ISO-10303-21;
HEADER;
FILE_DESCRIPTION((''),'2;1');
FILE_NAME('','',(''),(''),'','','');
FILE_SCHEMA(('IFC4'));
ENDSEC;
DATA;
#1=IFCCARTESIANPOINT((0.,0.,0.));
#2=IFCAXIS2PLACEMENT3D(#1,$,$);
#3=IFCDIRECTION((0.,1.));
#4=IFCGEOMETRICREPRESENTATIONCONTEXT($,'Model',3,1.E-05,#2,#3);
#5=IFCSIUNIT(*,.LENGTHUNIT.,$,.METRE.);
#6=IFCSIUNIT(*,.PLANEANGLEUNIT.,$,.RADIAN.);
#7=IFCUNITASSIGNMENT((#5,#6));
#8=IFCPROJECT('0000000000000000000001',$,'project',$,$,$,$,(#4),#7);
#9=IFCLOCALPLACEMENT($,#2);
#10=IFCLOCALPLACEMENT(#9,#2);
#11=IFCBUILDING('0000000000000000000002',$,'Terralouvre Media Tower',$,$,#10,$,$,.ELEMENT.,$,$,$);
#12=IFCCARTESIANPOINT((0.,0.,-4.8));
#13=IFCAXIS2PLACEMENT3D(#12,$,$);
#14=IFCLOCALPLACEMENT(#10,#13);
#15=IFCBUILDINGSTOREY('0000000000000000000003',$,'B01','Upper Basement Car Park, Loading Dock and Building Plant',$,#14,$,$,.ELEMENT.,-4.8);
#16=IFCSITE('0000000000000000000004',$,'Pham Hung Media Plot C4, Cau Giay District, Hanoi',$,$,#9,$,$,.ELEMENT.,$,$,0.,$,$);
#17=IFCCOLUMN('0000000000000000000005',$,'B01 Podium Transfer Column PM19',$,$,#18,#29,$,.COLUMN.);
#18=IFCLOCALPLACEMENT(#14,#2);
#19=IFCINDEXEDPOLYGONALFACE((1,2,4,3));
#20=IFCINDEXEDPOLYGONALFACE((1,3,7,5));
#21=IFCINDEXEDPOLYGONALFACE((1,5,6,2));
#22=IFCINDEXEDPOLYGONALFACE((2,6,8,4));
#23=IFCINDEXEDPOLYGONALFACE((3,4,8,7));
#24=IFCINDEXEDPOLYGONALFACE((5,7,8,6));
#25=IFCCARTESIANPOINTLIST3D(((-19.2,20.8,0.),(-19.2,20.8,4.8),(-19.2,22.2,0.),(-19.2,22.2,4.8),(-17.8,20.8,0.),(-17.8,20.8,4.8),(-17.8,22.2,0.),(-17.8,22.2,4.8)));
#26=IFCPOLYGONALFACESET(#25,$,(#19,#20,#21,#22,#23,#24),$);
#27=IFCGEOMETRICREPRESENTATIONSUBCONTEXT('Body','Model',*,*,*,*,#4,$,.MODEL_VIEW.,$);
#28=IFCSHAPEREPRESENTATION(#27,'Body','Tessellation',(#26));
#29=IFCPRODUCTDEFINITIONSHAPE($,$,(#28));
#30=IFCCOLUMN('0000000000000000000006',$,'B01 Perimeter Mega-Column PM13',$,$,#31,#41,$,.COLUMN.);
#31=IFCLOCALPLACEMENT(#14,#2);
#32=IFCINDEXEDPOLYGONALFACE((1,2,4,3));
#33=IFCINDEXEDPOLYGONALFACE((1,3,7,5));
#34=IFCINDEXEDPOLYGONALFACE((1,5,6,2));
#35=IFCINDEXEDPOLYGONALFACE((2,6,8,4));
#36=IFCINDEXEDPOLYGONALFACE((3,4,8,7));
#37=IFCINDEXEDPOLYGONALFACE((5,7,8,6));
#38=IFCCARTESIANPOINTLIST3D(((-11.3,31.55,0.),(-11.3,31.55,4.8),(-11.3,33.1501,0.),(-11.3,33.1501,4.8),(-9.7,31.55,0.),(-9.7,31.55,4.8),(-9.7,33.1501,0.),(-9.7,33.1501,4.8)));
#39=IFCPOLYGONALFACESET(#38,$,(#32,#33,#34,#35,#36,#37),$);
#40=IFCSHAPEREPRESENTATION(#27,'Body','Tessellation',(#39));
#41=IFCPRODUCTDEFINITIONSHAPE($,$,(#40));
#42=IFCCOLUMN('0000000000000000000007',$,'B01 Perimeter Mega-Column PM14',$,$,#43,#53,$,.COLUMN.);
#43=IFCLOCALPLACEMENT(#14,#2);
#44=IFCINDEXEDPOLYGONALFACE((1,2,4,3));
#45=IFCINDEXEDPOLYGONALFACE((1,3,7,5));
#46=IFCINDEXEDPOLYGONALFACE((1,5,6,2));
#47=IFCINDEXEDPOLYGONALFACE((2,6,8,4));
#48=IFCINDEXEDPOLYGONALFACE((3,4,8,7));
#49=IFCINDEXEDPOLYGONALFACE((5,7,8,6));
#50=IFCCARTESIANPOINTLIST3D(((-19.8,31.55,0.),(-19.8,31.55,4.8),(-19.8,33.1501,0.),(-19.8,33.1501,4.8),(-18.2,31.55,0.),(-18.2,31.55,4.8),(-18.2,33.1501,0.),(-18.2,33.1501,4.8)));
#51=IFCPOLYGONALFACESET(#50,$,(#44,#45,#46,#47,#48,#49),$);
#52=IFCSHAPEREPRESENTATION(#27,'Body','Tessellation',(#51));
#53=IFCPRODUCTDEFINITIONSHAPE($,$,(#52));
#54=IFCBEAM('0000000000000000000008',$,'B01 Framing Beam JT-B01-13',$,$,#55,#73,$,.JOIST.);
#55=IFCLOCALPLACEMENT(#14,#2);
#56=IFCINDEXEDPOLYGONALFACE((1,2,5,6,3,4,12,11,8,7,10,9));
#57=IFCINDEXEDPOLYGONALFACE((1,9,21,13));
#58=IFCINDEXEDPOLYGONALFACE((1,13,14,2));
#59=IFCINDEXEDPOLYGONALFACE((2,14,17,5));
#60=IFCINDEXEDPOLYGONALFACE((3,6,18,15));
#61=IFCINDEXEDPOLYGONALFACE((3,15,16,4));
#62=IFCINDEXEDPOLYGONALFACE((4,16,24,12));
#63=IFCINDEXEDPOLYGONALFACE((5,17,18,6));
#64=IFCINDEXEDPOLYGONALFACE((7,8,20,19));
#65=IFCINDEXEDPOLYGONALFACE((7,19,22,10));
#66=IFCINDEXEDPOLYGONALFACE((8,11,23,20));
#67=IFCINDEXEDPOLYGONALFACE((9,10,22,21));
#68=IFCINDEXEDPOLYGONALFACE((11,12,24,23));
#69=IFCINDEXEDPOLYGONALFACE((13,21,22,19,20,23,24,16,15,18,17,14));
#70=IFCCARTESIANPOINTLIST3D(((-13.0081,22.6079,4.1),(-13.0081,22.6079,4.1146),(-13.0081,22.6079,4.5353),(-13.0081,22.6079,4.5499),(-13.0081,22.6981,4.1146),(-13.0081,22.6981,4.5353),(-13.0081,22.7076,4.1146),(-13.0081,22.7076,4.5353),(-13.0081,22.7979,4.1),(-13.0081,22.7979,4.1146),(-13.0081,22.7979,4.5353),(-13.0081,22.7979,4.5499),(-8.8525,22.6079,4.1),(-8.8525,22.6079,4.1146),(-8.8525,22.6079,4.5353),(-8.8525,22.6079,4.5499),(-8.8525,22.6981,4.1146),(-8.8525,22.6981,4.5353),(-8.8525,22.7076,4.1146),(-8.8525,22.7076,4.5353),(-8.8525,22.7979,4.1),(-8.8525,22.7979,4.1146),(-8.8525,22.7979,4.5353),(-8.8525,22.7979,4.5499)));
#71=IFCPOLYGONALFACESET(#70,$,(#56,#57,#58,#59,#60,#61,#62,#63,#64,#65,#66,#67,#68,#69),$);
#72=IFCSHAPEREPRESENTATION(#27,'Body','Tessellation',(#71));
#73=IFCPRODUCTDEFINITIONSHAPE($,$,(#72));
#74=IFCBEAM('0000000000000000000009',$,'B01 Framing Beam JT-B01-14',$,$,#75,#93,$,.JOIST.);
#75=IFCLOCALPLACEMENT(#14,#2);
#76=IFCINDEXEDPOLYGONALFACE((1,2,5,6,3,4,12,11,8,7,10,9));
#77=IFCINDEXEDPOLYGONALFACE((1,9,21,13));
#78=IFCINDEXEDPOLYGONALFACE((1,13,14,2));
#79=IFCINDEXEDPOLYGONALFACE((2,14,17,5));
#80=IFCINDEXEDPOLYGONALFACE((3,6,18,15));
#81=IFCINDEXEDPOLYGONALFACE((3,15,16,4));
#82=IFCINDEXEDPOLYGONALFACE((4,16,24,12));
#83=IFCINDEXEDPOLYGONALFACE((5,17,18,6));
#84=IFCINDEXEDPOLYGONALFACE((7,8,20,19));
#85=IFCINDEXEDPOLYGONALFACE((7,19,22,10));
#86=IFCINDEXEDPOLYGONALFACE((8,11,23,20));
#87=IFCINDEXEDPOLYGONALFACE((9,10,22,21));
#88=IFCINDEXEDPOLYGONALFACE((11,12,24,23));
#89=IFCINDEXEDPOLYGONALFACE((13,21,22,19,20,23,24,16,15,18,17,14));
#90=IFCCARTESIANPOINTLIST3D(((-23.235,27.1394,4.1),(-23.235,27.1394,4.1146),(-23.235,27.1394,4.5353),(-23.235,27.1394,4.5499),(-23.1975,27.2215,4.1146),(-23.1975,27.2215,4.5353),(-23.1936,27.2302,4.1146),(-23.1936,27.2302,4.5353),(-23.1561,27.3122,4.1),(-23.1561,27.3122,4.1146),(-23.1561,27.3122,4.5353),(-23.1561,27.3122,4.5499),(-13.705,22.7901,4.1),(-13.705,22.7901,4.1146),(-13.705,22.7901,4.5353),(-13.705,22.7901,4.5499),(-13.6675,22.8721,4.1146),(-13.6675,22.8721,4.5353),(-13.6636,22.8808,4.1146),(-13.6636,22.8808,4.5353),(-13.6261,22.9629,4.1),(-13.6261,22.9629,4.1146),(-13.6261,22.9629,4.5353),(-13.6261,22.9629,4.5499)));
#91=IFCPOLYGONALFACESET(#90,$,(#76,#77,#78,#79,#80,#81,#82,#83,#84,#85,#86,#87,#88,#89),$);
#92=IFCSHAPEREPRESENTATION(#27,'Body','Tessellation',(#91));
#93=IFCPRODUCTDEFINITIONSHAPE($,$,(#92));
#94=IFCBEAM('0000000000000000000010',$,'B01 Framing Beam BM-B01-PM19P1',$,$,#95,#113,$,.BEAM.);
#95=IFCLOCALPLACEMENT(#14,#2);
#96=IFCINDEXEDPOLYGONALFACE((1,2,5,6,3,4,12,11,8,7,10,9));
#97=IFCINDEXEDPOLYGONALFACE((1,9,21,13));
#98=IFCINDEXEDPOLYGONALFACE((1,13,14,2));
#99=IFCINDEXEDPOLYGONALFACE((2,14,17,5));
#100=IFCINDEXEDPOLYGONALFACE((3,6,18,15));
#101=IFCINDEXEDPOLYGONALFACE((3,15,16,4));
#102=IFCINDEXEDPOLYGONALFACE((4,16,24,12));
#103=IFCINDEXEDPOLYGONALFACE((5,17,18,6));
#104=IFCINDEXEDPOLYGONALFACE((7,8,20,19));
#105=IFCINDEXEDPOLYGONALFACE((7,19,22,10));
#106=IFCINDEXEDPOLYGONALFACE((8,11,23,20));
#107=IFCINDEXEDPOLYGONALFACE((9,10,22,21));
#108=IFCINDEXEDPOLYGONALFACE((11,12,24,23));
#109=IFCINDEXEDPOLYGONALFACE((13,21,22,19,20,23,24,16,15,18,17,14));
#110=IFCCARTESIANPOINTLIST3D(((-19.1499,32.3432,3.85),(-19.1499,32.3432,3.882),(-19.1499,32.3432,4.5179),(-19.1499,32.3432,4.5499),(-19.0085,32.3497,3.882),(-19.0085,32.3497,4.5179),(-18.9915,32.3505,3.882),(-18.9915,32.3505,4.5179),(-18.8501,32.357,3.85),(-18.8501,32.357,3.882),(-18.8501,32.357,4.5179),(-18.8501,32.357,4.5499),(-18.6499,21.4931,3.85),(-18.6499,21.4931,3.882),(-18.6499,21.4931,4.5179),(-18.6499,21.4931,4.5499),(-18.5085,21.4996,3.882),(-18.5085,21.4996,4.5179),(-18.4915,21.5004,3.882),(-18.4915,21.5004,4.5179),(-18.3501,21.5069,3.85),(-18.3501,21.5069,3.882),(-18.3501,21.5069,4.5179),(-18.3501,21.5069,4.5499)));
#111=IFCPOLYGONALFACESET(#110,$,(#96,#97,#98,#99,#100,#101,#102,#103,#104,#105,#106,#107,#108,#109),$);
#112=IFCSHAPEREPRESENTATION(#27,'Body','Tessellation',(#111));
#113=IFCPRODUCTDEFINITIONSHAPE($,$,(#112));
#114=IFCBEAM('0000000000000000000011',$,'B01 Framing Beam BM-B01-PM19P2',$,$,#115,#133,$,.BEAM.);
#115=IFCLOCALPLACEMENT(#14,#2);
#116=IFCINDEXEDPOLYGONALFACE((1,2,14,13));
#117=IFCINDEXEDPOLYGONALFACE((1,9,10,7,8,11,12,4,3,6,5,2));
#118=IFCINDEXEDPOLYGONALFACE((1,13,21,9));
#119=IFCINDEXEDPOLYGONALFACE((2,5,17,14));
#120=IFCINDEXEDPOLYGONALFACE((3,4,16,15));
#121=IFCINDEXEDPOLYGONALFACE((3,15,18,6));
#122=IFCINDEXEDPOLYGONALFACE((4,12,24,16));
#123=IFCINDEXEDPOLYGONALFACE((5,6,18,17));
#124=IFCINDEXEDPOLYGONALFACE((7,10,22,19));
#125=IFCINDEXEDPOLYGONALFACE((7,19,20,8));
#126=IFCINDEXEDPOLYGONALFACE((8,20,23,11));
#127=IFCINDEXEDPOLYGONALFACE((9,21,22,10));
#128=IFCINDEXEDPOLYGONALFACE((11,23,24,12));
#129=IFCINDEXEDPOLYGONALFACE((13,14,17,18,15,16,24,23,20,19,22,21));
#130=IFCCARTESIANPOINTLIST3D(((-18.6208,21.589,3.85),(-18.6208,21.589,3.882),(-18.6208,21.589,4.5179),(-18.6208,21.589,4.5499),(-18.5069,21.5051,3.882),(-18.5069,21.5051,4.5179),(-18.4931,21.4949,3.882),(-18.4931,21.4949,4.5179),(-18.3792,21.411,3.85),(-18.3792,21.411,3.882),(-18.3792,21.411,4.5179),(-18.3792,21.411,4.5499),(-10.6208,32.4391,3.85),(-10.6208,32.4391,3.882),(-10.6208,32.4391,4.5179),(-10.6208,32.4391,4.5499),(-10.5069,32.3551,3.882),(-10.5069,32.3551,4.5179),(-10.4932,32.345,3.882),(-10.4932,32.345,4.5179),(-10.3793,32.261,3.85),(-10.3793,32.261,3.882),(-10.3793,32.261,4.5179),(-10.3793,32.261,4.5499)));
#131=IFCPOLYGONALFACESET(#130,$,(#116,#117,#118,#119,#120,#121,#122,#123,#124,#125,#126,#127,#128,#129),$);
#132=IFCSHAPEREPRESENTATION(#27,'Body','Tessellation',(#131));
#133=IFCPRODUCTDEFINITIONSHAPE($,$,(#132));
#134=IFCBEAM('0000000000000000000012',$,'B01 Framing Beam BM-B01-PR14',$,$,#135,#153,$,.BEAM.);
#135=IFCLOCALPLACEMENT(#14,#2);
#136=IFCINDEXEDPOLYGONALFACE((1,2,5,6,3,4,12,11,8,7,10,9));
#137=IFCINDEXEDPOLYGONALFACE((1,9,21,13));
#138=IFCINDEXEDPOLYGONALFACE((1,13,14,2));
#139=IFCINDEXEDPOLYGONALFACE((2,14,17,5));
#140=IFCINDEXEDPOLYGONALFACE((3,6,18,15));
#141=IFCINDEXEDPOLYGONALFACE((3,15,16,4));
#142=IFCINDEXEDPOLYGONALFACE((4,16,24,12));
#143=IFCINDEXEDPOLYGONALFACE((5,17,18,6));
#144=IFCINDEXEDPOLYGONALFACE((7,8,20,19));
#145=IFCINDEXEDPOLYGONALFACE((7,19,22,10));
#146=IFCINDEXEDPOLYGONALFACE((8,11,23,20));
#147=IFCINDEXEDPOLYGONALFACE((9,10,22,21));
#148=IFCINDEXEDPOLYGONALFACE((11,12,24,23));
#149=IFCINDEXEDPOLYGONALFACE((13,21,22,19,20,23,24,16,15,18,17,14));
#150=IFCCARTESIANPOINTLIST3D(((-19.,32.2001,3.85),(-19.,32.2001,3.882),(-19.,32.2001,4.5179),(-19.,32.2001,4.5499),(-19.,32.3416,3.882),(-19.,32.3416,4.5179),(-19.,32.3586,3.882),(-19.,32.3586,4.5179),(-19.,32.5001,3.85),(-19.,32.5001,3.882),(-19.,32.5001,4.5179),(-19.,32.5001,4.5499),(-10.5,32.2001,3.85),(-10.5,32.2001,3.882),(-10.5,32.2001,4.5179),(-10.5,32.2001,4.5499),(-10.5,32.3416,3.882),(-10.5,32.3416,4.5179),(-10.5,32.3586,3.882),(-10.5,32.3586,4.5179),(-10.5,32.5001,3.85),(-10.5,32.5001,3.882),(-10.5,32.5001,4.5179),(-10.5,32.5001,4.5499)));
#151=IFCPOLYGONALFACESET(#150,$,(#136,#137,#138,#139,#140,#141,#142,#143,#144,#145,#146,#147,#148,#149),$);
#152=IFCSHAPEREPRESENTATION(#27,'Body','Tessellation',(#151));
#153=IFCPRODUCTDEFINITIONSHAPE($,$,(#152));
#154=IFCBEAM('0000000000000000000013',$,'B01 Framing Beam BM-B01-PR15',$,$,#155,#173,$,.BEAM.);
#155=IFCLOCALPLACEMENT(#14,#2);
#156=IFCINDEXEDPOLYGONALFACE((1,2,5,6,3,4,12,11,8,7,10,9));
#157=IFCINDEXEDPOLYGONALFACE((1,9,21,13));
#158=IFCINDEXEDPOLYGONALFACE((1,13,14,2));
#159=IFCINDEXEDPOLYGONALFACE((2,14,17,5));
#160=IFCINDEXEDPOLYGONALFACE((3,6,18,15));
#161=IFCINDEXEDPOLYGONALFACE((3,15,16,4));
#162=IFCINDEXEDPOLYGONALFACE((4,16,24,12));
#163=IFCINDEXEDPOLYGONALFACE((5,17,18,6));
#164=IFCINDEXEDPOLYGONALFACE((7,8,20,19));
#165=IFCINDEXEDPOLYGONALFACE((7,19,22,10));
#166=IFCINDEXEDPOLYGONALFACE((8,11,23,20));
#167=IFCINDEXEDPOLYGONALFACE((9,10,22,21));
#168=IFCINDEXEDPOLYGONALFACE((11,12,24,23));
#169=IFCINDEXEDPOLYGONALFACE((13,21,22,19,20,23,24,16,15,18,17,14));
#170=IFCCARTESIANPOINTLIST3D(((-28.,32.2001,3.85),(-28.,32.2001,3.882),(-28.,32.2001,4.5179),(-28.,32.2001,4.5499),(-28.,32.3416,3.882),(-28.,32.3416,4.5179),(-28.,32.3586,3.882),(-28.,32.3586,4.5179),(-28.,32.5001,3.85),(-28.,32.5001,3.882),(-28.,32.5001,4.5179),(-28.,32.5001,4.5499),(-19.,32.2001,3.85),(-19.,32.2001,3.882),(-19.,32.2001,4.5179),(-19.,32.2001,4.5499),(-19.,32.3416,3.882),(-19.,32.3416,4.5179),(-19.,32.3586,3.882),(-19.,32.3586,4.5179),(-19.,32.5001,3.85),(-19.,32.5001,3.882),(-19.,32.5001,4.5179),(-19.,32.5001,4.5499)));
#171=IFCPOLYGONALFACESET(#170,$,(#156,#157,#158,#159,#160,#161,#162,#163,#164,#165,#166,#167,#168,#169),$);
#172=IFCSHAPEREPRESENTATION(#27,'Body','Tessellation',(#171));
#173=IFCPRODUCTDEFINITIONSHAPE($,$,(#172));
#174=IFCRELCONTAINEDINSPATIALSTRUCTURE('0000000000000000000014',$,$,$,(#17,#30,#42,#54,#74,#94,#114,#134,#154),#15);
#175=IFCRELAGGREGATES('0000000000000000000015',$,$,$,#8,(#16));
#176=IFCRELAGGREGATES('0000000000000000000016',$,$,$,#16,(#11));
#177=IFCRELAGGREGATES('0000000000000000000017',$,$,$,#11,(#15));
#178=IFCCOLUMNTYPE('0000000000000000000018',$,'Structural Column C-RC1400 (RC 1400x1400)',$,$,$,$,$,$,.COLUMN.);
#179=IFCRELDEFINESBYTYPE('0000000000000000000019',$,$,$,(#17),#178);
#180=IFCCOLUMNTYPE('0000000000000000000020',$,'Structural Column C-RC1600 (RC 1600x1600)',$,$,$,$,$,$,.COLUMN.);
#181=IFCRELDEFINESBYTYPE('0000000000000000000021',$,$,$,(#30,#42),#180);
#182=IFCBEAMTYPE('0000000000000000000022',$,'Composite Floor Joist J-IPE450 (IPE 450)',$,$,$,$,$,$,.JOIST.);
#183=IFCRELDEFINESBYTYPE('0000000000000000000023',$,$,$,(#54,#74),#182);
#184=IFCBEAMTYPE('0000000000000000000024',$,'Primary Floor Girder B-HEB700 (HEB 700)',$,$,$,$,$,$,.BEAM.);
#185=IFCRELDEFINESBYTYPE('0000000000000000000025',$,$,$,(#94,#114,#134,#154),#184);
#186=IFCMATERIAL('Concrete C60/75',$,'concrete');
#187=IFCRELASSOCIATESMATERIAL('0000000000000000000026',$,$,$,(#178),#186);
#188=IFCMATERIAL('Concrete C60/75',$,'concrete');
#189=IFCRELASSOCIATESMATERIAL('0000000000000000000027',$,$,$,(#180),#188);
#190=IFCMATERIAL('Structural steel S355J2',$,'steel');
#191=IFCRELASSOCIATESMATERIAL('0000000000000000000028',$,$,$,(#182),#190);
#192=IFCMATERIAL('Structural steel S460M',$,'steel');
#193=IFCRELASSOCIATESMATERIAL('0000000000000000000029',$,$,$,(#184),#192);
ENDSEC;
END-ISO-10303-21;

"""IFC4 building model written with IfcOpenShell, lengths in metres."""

from ifc_helpers import new_model, si_unit, direction, frame, origin, origin_2d, place, context, subcontext, project, spatial, rectangle, i_section, extrude, material, material_profile, profile_set, type_object, element, save


model = new_model("IFC4")

# Units and contexts
model_context = context("Model", 3, precision=1e-05, world=origin(), true_north=direction((0.0, 1.0)))
body_context = subcontext(model_context, "Body", "Model", "MODEL_VIEW")
ifc_project = project(units=[si_unit("LENGTHUNIT", "METRE"), si_unit("PLANEANGLEUNIT", "RADIAN")], contexts=[model_context])

# Site, building, storey
site_placement = place(None, origin())
site = spatial("IfcSite", under=ifc_project, at=site_placement, Name="Pham Hung Media Plot C4, Cau Giay District, Hanoi", CompositionType="ELEMENT", RefElevation=0.0)
building_placement = place(site_placement, origin())
building = spatial("IfcBuilding", under=site, at=building_placement, Name="Terralouvre Media Tower", CompositionType="ELEMENT")
storey_placement = place(building_placement, frame((0.0, 0.0, -4.8)))
storey = spatial("IfcBuildingStorey", under=building, at=storey_placement, Name="B01", Description="Upper Basement Car Park, Loading Dock and Building Plant", CompositionType="ELEMENT", Elevation=-4.8)

# Columns
ifc_material_1 = material(Name="Concrete C60/75", Category="concrete")
ifc_material_profile_1 = material_profile(ifc_material_1, rectangle(XDim=1.3999, YDim=1.3999, at=origin_2d()), Name="RC 1400x1400")
ifc_profile_set_1 = profile_set([ifc_material_profile_1], Name="Concrete C60/75")
column_type_1 = type_object("IfcColumnType", Name="Structural Column C-RC1400 (RC 1400x1400)", PredefinedType="COLUMN", material=ifc_profile_set_1)
column_placement = place(storey_placement, frame((-18.5, 21.5, 0.0), z_axis=(0.0, 0.0, 1.0), x_axis=(1.0, 0.0, 0.0)))
element("IfcColumn", 1, at=column_placement, inside=storey, type_object=column_type_1, Name="B01 Podium Transfer Column PM19", PredefinedType="COLUMN", context=body_context, shape_type="SweptSolid", body=[
    extrude(rectangle(XDim=1.3999, YDim=1.3999, at=origin_2d()), origin(), (0.0, 0.0, 1.0), 4.8),
])
ifc_material_2 = material(Name="Concrete C60/75", Category="concrete")
ifc_material_profile_2 = material_profile(ifc_material_2, rectangle(XDim=1.6001, YDim=1.6001, at=origin_2d()), Name="RC 1600x1600")
ifc_profile_set_2 = profile_set([ifc_material_profile_2], Name="Concrete C60/75")
column_type_2 = type_object("IfcColumnType", Name="Structural Column C-RC1600 (RC 1600x1600)", PredefinedType="COLUMN", material=ifc_profile_set_2)
for number, where, z_axis, x_axis, name in (
    (2, (-10.5, 32.3501, 0.0), (0.0, 0.0, 1.0), (1.0, 0.0, 0.0), "B01 Perimeter Mega-Column PM13"),
    (3, (-19.0, 32.3501, 0.0), (0.0, 0.0, 1.0), (1.0, 0.0, 0.0), "B01 Perimeter Mega-Column PM14"),
):
    element("IfcColumn", number, at=place(storey_placement, frame(where, z_axis=z_axis, x_axis=x_axis)), inside=storey, type_object=column_type_2, Name=name, PredefinedType="COLUMN", context=body_context, shape_type="SweptSolid", body=[
        extrude(rectangle(XDim=1.6001, YDim=1.6001, at=origin_2d()), origin(), (0.0, 0.0, 1.0), 4.8),
    ])

# Beams
ifc_material_3 = material(Name="Structural steel S355J2", Category="steel")
ifc_material_profile_3 = material_profile(ifc_material_3, i_section(OverallWidth=0.1899, OverallDepth=0.45, WebThickness=0.0095, FlangeThickness=0.0146, at=origin_2d()), Name="IPE 450")
ifc_profile_set_3 = profile_set([ifc_material_profile_3], Name="Structural steel S355J2")
beam_type_1 = type_object("IfcBeamType", Name="Composite Floor Joist J-IPE450 (IPE 450)", PredefinedType="JOIST", material=ifc_profile_set_3)
beam_1_placement = place(storey_placement, frame((-8.8525, 22.7029, 4.325), z_axis=(-1.0, 0.0, 0.0), x_axis=(0.0, -1.0, 0.0)))
element("IfcBeam", 4, at=beam_1_placement, inside=storey, type_object=beam_type_1, Name="B01 Framing Beam JT-B01-13", PredefinedType="JOIST", context=body_context, shape_type="SweptSolid", body=[
    extrude(i_section(OverallWidth=0.1899, OverallDepth=0.45, WebThickness=0.0095, FlangeThickness=0.0146, at=origin_2d()), origin(), (0.0, 0.0, 1.0), 4.1555),
])
beam_2_placement = place(storey_placement, frame((-13.6655, 22.8765, 4.325), z_axis=(-0.909735, 0.41519, 0.0), x_axis=(-0.41519, -0.909735, 0.0)))
element("IfcBeam", 5, at=beam_2_placement, inside=storey, type_object=beam_type_1, Name="B01 Framing Beam JT-B01-14", PredefinedType="JOIST", context=body_context, shape_type="SweptSolid", body=[
    extrude(i_section(OverallWidth=0.1899, OverallDepth=0.45, WebThickness=0.0095, FlangeThickness=0.0146, at=origin_2d()), origin(), (0.0, 0.0, 1.0), 10.4756),
])
ifc_material_4 = material(Name="Structural steel S460M", Category="steel")
ifc_material_profile_4 = material_profile(ifc_material_4, i_section(OverallWidth=0.3, OverallDepth=0.7, WebThickness=0.0171, FlangeThickness=0.032, at=origin_2d()), Name="HEB 700")
ifc_profile_set_4 = profile_set([ifc_material_profile_4], Name="Structural steel S460M")
beam_type_2 = type_object("IfcBeamType", Name="Primary Floor Girder B-HEB700 (HEB 700)", PredefinedType="BEAM", material=ifc_profile_set_4)
beam_3_placement = place(storey_placement, frame((-18.5, 21.5, 4.2), z_axis=(-0.046034, 0.99894, 0.0), x_axis=(-0.99894, -0.046034, 0.0)))
element("IfcBeam", 6, at=beam_3_placement, inside=storey, type_object=beam_type_2, Name="B01 Framing Beam BM-B01-PM19P1", PredefinedType="BEAM", context=body_context, shape_type="SweptSolid", body=[
    extrude(i_section(OverallWidth=0.3, OverallDepth=0.7, WebThickness=0.0171, FlangeThickness=0.032, at=origin_2d()), origin(), (0.0, 0.0, 1.0), 10.8616),
])
beam_4_placement = place(storey_placement, frame((-18.5, 21.5, 4.2), z_axis=(0.593449, 0.804872, 0.0), x_axis=(-0.804872, 0.593449, 0.0)))
element("IfcBeam", 7, at=beam_4_placement, inside=storey, type_object=beam_type_2, Name="B01 Framing Beam BM-B01-PM19P2", PredefinedType="BEAM", context=body_context, shape_type="SweptSolid", body=[
    extrude(i_section(OverallWidth=0.3, OverallDepth=0.7, WebThickness=0.0171, FlangeThickness=0.032, at=origin_2d()), origin(), (0.0, 0.0, 1.0), 13.4805),
])
beam_5_placement = place(storey_placement, frame((-10.5, 32.3501, 4.2), z_axis=(-1.0, 0.0, 0.0), x_axis=(0.0, -1.0, 0.0)))
element("IfcBeam", 8, at=beam_5_placement, inside=storey, type_object=beam_type_2, Name="B01 Framing Beam BM-B01-PR14", PredefinedType="BEAM", context=body_context, shape_type="SweptSolid", body=[
    extrude(i_section(OverallWidth=0.3, OverallDepth=0.7, WebThickness=0.0171, FlangeThickness=0.032, at=origin_2d()), origin(), (0.0, 0.0, 1.0), 8.5),
])
beam_6_placement = place(storey_placement, frame((-19.0, 32.3501, 4.2), z_axis=(-1.0, 0.0, 0.0), x_axis=(0.0, -1.0, 0.0)))
element("IfcBeam", 9, at=beam_6_placement, inside=storey, type_object=beam_type_2, Name="B01 Framing Beam BM-B01-PR15", PredefinedType="BEAM", context=body_context, shape_type="SweptSolid", body=[
    extrude(i_section(OverallWidth=0.3, OverallDepth=0.7, WebThickness=0.0171, FlangeThickness=0.032, at=origin_2d()), origin(), (0.0, 0.0, 1.0), 9.0),
])

save(model, "model.ifc")
